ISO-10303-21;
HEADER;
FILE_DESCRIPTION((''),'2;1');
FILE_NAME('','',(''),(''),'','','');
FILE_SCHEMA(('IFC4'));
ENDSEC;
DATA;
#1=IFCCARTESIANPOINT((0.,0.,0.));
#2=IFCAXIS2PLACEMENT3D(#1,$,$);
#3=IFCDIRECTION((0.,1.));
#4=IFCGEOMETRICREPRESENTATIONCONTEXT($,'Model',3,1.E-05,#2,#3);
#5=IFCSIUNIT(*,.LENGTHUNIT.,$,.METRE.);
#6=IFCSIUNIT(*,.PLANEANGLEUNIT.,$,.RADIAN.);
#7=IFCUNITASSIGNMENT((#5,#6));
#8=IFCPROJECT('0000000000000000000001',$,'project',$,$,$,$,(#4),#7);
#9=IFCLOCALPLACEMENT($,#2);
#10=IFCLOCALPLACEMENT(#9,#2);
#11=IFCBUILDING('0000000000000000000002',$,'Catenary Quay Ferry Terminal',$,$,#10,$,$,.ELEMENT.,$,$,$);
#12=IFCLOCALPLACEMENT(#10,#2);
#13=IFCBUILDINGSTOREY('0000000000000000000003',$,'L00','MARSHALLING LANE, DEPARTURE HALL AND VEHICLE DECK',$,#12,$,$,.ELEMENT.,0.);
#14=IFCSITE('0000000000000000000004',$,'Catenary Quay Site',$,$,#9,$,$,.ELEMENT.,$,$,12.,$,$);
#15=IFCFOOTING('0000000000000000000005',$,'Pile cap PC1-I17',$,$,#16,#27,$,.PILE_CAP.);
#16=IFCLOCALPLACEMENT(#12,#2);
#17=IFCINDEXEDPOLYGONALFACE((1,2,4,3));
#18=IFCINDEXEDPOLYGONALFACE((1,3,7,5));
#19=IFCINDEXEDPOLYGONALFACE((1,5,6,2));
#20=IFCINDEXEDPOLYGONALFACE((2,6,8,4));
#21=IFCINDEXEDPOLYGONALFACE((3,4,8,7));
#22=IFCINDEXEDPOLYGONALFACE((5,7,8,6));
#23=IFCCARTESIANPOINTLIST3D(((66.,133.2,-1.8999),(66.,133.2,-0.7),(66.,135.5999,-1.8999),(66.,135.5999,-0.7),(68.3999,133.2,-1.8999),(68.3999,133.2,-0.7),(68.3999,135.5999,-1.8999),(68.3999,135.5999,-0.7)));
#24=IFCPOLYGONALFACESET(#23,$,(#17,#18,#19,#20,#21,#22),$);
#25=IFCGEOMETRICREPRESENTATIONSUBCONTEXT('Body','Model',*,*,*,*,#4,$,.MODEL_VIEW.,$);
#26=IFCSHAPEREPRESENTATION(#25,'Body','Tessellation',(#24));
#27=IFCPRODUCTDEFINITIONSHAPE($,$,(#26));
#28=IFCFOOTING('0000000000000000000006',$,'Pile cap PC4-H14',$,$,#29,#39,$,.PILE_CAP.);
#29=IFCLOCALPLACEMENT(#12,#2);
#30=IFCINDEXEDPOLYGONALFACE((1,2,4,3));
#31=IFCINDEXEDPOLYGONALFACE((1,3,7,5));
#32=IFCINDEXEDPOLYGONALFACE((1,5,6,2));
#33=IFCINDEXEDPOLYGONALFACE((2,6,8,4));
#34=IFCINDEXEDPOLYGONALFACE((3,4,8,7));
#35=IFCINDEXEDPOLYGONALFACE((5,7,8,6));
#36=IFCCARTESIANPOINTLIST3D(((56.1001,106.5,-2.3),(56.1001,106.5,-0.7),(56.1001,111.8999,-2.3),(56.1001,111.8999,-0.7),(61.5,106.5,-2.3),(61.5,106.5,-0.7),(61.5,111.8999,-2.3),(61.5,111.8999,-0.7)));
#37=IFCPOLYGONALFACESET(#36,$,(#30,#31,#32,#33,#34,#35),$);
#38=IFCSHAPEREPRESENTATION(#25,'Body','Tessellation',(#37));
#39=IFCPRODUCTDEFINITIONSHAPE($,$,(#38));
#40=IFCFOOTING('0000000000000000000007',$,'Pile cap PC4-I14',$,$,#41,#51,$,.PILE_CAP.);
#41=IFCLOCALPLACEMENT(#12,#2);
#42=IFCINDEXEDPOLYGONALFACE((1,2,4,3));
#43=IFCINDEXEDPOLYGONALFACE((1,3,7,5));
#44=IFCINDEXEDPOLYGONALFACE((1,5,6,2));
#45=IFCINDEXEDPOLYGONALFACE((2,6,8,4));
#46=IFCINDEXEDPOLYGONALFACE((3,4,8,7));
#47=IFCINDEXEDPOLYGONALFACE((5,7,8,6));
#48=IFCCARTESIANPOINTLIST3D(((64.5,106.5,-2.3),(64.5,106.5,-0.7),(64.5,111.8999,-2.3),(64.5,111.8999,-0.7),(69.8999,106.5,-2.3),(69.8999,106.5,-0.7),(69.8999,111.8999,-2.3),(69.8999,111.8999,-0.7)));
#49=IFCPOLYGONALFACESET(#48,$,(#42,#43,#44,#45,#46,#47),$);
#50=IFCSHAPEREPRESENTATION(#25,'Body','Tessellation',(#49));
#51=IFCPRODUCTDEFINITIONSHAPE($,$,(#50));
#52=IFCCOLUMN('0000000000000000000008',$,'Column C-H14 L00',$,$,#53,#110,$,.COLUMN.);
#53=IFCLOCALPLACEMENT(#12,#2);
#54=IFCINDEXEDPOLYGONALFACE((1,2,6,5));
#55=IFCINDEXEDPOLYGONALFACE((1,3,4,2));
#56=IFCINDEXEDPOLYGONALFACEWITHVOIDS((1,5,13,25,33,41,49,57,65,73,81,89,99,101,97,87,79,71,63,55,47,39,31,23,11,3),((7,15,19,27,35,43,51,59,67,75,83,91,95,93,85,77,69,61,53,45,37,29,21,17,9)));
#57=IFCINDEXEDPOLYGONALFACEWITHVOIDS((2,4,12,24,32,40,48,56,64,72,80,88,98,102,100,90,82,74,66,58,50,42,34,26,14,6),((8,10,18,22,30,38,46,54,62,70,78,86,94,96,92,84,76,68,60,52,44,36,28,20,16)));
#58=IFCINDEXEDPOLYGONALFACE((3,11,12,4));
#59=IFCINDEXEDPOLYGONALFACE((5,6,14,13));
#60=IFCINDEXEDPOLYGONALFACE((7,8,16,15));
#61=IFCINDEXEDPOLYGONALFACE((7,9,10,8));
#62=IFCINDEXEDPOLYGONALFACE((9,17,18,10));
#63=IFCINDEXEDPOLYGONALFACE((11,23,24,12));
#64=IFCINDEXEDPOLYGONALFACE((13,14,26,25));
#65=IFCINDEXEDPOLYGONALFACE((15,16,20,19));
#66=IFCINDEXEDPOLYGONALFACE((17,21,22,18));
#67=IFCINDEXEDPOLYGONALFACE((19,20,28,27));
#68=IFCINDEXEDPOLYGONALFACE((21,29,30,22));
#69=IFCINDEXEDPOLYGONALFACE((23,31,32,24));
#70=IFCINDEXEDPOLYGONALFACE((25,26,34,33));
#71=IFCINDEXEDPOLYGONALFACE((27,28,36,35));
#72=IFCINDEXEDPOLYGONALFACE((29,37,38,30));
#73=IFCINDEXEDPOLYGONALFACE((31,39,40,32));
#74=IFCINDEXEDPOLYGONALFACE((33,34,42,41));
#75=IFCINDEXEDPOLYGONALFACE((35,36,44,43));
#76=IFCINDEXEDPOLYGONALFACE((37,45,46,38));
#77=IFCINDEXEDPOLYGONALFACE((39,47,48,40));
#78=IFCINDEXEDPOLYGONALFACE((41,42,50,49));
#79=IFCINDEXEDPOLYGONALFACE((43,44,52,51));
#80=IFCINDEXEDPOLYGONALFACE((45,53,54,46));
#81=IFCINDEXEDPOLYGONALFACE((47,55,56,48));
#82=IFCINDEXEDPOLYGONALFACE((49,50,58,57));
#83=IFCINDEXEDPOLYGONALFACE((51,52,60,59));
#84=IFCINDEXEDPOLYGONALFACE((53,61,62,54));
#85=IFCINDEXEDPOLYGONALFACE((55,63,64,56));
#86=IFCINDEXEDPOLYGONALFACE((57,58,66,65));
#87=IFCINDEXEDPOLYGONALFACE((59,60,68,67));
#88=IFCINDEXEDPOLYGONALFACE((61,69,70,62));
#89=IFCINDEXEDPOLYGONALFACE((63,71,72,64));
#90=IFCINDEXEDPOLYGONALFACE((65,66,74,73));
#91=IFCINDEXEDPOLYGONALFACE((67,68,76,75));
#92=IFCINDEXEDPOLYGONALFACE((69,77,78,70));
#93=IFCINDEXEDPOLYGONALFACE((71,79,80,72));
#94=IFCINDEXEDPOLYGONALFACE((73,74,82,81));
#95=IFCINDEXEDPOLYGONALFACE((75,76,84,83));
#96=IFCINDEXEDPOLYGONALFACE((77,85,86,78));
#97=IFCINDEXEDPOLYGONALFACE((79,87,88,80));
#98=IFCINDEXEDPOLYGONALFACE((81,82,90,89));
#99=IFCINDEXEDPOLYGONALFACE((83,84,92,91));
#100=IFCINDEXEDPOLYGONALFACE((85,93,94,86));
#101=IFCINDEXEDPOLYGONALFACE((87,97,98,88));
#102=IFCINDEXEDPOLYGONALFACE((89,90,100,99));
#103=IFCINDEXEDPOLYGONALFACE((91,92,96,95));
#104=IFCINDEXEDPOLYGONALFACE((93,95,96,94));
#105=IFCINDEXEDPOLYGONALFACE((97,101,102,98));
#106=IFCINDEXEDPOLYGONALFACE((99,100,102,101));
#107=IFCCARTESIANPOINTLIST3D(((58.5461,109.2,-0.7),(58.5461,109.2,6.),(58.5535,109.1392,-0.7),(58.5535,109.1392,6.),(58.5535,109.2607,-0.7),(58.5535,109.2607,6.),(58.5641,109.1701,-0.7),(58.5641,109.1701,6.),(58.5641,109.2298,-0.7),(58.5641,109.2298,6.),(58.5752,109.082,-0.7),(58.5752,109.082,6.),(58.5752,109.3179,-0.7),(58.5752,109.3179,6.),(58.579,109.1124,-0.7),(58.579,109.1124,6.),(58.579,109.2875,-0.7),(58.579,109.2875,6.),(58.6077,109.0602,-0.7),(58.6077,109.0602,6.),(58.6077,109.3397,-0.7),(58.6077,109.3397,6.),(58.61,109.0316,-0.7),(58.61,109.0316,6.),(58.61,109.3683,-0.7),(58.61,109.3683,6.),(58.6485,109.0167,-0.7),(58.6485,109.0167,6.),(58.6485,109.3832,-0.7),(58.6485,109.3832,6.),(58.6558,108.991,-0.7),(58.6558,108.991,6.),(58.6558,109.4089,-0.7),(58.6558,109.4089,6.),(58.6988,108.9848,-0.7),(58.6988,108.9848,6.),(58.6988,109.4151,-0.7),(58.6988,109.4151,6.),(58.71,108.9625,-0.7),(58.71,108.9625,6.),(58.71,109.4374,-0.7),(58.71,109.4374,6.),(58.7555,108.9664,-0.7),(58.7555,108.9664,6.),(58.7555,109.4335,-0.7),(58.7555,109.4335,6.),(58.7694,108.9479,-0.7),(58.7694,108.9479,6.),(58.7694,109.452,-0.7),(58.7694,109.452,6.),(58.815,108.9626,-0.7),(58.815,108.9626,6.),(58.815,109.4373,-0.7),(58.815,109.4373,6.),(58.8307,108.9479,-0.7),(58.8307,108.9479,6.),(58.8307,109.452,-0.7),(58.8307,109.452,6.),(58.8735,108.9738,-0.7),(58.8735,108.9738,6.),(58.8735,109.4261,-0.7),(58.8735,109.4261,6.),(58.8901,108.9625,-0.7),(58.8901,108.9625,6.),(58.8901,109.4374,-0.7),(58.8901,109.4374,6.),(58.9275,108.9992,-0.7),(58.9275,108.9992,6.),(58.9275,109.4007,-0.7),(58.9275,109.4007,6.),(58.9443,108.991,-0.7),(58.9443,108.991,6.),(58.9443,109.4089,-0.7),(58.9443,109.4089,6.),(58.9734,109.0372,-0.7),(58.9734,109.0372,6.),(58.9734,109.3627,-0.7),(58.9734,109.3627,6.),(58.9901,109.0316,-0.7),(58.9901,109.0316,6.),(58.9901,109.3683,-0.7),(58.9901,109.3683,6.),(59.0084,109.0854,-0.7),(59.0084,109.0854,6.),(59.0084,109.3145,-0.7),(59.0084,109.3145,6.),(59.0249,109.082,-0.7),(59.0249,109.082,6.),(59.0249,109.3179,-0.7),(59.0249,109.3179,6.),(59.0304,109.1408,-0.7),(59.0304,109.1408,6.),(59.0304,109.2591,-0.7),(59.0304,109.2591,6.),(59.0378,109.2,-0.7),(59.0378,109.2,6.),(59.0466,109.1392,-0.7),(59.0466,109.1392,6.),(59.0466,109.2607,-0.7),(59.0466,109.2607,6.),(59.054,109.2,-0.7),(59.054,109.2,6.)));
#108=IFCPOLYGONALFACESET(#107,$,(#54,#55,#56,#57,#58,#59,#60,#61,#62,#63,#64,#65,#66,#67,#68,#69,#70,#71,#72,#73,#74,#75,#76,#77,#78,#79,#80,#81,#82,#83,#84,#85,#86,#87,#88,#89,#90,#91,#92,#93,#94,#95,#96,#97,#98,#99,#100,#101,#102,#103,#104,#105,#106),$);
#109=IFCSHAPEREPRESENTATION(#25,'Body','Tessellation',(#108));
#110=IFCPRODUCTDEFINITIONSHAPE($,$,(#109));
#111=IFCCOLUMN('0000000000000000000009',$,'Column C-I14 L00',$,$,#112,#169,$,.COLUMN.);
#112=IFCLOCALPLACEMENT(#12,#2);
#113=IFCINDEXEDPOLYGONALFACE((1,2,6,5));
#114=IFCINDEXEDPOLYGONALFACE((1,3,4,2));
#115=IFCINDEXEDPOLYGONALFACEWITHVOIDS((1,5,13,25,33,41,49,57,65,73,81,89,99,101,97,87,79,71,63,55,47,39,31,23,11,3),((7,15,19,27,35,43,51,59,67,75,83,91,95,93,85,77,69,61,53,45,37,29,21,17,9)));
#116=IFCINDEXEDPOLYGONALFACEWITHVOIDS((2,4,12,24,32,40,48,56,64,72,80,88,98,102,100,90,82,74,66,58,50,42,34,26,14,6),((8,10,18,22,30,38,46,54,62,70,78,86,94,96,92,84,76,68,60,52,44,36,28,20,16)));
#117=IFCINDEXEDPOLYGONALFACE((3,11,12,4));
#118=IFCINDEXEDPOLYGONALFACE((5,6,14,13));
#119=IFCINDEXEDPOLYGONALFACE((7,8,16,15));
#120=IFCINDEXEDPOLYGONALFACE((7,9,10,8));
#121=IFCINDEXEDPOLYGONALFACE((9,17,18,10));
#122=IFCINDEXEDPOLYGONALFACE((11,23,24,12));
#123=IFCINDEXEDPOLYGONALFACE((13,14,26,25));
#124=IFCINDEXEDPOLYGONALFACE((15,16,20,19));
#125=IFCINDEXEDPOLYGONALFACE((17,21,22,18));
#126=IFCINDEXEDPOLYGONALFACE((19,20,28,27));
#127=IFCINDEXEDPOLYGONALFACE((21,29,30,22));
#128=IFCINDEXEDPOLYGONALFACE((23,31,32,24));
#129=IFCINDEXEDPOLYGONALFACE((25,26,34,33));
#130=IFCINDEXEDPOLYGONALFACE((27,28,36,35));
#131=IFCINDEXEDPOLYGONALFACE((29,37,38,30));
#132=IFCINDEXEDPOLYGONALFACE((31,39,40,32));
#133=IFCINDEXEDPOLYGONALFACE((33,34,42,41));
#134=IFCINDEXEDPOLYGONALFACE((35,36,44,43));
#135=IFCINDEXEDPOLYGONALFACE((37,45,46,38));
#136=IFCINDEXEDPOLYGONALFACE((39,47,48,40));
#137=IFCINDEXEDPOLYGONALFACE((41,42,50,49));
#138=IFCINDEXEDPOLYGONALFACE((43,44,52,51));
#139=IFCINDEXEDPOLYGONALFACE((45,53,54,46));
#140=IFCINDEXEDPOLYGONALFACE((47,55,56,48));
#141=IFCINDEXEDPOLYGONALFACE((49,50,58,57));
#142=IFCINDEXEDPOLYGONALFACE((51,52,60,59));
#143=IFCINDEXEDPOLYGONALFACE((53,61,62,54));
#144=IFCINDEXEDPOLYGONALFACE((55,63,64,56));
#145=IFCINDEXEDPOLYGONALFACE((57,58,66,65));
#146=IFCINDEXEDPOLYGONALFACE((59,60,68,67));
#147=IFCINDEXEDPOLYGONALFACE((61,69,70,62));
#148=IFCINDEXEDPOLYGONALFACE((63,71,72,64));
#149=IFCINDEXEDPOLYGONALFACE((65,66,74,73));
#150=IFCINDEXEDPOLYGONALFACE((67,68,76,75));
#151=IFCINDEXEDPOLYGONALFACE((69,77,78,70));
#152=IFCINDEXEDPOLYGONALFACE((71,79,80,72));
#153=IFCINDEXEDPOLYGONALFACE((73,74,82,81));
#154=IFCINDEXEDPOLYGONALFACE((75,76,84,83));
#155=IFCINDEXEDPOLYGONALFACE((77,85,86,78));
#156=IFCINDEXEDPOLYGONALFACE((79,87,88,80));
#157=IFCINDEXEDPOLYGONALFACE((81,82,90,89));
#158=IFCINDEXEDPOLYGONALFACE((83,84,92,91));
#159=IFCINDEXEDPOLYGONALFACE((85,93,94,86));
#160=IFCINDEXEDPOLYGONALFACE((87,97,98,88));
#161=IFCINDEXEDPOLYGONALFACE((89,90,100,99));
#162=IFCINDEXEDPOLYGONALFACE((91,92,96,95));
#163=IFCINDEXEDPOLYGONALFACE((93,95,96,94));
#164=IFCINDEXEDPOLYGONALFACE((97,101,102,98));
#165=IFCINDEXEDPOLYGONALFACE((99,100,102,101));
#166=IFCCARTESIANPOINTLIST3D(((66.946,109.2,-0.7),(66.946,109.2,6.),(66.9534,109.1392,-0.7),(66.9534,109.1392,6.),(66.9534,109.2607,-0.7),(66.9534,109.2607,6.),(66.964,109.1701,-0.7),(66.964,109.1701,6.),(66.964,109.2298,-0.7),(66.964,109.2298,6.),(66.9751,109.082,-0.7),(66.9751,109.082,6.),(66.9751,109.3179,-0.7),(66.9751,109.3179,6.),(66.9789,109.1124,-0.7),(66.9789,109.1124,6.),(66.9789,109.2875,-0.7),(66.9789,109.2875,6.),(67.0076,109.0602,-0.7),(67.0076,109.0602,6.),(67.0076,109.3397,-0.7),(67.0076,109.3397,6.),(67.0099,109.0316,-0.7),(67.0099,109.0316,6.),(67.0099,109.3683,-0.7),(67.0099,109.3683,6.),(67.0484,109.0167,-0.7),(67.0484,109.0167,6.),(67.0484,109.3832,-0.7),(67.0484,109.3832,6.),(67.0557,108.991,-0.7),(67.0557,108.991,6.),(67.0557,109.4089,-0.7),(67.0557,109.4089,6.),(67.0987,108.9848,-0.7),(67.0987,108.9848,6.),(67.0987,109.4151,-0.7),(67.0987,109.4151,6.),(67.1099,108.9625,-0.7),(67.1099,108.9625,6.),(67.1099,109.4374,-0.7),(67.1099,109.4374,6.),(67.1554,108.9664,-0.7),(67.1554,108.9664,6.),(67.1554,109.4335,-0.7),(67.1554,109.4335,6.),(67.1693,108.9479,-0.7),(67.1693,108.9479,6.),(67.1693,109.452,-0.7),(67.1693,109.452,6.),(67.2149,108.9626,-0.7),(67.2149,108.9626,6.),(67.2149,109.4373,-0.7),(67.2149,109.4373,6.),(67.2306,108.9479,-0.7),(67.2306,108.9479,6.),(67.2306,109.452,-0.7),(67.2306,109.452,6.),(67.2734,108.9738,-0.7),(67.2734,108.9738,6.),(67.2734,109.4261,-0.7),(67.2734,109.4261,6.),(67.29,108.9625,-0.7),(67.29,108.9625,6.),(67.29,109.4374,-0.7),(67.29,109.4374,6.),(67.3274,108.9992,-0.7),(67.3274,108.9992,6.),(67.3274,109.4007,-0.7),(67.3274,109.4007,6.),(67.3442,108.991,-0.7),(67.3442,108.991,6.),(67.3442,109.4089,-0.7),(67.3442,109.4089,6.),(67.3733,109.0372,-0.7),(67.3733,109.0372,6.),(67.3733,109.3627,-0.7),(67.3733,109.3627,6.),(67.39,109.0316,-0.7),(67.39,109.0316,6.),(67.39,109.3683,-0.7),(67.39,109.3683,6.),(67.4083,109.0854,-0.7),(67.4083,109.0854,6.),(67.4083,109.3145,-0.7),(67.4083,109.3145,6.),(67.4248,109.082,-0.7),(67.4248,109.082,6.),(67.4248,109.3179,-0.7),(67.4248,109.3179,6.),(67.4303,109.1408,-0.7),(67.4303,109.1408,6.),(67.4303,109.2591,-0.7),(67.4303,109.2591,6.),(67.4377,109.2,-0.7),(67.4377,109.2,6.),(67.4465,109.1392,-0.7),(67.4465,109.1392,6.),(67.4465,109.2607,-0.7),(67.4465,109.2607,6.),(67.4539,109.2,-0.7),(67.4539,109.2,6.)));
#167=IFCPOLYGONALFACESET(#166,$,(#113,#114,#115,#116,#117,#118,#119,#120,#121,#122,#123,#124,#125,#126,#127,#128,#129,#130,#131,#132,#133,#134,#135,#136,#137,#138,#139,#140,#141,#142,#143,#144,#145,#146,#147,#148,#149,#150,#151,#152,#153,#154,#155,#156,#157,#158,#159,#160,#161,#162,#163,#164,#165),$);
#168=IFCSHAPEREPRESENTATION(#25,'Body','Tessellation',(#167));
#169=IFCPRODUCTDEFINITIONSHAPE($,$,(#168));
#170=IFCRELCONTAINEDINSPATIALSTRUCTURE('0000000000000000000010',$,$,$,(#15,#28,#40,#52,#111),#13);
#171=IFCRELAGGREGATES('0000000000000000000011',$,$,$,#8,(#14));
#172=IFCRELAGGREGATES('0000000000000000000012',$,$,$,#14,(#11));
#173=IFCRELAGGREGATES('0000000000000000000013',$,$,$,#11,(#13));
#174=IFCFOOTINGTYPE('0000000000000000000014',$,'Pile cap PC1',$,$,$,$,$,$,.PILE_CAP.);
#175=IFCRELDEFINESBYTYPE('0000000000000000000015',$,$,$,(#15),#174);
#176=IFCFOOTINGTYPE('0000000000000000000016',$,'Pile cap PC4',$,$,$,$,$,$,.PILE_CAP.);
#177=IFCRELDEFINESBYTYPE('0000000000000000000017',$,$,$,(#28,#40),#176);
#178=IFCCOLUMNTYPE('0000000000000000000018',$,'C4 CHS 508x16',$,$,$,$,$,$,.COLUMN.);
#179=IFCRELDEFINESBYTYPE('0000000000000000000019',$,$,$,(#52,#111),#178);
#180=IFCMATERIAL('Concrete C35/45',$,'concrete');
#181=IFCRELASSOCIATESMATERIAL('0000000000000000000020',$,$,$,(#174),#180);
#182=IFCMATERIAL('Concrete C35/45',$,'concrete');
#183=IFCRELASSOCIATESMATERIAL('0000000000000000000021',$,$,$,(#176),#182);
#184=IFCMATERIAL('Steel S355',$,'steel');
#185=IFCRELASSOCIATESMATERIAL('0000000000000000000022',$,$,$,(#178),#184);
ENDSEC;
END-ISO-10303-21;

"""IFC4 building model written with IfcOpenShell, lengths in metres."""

from ifc_helpers import new_model, si_unit, direction, frame, origin, origin_2d, place, context, subcontext, project, spatial, rectangle, hollow_circle, extrude, material, material_profile, profile_set, type_object, element, save


model = new_model("IFC4")

# Units and contexts
model_context = context("Model", 3, precision=1e-05, world=origin(), true_north=direction((0.0, 1.0)))
body_context = subcontext(model_context, "Body", "Model", "MODEL_VIEW")
ifc_project = project(units=[si_unit("LENGTHUNIT", "METRE"), si_unit("PLANEANGLEUNIT", "RADIAN")], contexts=[model_context])

# Site, building, storey
site_placement = place(None, origin())
site = spatial("IfcSite", under=ifc_project, at=site_placement, Name="Catenary Quay Site", CompositionType="ELEMENT", RefElevation=12.0)
building_placement = place(site_placement, origin())
building = spatial("IfcBuilding", under=site, at=building_placement, Name="Catenary Quay Ferry Terminal", CompositionType="ELEMENT")
storey_placement = place(building_placement, origin())
storey = spatial("IfcBuildingStorey", under=building, at=storey_placement, Name="L00", Description="MARSHALLING LANE, DEPARTURE HALL AND VEHICLE DECK", CompositionType="ELEMENT", Elevation=0.0)

# Footings
ifc_material_1 = material(Name="Concrete C35/45", Category="concrete")
footing_type_1 = type_object("IfcFootingType", Name="Pile cap PC1", PredefinedType="PILE_CAP", material=ifc_material_1)
for number, where, z_axis, x_axis, name in (
    (1, (67.2, 134.3999, -1.8999), (0.0, 0.0, 1.0), (1.0, 0.0, 0.0), "Pile cap PC1-I17"),
):
    element("IfcFooting", number, at=place(storey_placement, frame(where, z_axis=z_axis, x_axis=x_axis)), inside=storey, type_object=footing_type_1, Name=name, PredefinedType="PILE_CAP", context=body_context, shape_type="SweptSolid", body=[
        extrude(rectangle(XDim=2.3999, YDim=2.3999, at=origin_2d()), origin(), (0.0, 0.0, 1.0), 1.2),
    ])
ifc_material_2 = material(Name="Concrete C35/45", Category="concrete")
footing_type_2 = type_object("IfcFootingType", Name="Pile cap PC4", PredefinedType="PILE_CAP", material=ifc_material_2)
for number, where, z_axis, x_axis, name in (
    (2, (58.8, 109.2, -2.3), (0.0, 0.0, 1.0), (1.0, 0.0, 0.0), "Pile cap PC4-H14"),
    (3, (67.2, 109.2, -2.3), (0.0, 0.0, 1.0), (1.0, 0.0, 0.0), "Pile cap PC4-I14"),
):
    element("IfcFooting", number, at=place(storey_placement, frame(where, z_axis=z_axis, x_axis=x_axis)), inside=storey, type_object=footing_type_2, Name=name, PredefinedType="PILE_CAP", context=body_context, shape_type="SweptSolid", body=[
        extrude(rectangle(XDim=5.3999, YDim=5.3999, at=origin_2d()), origin(), (0.0, 0.0, 1.0), 1.6001),
    ])

# Columns
ifc_material_3 = material(Name="Steel S355", Category="steel")
ifc_material_profile_1 = material_profile(ifc_material_3, hollow_circle(Radius=0.2539, WallThickness=0.0161, at=origin_2d()), Name="CHS 508x16")
ifc_profile_set_1 = profile_set([ifc_material_profile_1], Name="Steel S355")
column_type_1 = type_object("IfcColumnType", Name="C4 CHS 508x16", PredefinedType="COLUMN", material=ifc_profile_set_1)
for number, where, z_axis, x_axis, name in (
    (4, (58.8, 109.2, -0.7), (0.0, 0.0, 1.0), (1.0, 0.0, 0.0), "Column C-H14 L00"),
    (5, (67.2, 109.2, -0.7), (0.0, 0.0, 1.0), (1.0, 0.0, 0.0), "Column C-I14 L00"),
):
    element("IfcColumn", number, at=place(storey_placement, frame(where, z_axis=z_axis, x_axis=x_axis)), inside=storey, type_object=column_type_1, Name=name, PredefinedType="COLUMN", context=body_context, shape_type="SweptSolid", body=[
        extrude(hollow_circle(Radius=0.2539, WallThickness=0.0161, at=origin_2d()), origin(), (0.0, 0.0, 1.0), 6.7),
    ])

save(model, "model.ifc")
